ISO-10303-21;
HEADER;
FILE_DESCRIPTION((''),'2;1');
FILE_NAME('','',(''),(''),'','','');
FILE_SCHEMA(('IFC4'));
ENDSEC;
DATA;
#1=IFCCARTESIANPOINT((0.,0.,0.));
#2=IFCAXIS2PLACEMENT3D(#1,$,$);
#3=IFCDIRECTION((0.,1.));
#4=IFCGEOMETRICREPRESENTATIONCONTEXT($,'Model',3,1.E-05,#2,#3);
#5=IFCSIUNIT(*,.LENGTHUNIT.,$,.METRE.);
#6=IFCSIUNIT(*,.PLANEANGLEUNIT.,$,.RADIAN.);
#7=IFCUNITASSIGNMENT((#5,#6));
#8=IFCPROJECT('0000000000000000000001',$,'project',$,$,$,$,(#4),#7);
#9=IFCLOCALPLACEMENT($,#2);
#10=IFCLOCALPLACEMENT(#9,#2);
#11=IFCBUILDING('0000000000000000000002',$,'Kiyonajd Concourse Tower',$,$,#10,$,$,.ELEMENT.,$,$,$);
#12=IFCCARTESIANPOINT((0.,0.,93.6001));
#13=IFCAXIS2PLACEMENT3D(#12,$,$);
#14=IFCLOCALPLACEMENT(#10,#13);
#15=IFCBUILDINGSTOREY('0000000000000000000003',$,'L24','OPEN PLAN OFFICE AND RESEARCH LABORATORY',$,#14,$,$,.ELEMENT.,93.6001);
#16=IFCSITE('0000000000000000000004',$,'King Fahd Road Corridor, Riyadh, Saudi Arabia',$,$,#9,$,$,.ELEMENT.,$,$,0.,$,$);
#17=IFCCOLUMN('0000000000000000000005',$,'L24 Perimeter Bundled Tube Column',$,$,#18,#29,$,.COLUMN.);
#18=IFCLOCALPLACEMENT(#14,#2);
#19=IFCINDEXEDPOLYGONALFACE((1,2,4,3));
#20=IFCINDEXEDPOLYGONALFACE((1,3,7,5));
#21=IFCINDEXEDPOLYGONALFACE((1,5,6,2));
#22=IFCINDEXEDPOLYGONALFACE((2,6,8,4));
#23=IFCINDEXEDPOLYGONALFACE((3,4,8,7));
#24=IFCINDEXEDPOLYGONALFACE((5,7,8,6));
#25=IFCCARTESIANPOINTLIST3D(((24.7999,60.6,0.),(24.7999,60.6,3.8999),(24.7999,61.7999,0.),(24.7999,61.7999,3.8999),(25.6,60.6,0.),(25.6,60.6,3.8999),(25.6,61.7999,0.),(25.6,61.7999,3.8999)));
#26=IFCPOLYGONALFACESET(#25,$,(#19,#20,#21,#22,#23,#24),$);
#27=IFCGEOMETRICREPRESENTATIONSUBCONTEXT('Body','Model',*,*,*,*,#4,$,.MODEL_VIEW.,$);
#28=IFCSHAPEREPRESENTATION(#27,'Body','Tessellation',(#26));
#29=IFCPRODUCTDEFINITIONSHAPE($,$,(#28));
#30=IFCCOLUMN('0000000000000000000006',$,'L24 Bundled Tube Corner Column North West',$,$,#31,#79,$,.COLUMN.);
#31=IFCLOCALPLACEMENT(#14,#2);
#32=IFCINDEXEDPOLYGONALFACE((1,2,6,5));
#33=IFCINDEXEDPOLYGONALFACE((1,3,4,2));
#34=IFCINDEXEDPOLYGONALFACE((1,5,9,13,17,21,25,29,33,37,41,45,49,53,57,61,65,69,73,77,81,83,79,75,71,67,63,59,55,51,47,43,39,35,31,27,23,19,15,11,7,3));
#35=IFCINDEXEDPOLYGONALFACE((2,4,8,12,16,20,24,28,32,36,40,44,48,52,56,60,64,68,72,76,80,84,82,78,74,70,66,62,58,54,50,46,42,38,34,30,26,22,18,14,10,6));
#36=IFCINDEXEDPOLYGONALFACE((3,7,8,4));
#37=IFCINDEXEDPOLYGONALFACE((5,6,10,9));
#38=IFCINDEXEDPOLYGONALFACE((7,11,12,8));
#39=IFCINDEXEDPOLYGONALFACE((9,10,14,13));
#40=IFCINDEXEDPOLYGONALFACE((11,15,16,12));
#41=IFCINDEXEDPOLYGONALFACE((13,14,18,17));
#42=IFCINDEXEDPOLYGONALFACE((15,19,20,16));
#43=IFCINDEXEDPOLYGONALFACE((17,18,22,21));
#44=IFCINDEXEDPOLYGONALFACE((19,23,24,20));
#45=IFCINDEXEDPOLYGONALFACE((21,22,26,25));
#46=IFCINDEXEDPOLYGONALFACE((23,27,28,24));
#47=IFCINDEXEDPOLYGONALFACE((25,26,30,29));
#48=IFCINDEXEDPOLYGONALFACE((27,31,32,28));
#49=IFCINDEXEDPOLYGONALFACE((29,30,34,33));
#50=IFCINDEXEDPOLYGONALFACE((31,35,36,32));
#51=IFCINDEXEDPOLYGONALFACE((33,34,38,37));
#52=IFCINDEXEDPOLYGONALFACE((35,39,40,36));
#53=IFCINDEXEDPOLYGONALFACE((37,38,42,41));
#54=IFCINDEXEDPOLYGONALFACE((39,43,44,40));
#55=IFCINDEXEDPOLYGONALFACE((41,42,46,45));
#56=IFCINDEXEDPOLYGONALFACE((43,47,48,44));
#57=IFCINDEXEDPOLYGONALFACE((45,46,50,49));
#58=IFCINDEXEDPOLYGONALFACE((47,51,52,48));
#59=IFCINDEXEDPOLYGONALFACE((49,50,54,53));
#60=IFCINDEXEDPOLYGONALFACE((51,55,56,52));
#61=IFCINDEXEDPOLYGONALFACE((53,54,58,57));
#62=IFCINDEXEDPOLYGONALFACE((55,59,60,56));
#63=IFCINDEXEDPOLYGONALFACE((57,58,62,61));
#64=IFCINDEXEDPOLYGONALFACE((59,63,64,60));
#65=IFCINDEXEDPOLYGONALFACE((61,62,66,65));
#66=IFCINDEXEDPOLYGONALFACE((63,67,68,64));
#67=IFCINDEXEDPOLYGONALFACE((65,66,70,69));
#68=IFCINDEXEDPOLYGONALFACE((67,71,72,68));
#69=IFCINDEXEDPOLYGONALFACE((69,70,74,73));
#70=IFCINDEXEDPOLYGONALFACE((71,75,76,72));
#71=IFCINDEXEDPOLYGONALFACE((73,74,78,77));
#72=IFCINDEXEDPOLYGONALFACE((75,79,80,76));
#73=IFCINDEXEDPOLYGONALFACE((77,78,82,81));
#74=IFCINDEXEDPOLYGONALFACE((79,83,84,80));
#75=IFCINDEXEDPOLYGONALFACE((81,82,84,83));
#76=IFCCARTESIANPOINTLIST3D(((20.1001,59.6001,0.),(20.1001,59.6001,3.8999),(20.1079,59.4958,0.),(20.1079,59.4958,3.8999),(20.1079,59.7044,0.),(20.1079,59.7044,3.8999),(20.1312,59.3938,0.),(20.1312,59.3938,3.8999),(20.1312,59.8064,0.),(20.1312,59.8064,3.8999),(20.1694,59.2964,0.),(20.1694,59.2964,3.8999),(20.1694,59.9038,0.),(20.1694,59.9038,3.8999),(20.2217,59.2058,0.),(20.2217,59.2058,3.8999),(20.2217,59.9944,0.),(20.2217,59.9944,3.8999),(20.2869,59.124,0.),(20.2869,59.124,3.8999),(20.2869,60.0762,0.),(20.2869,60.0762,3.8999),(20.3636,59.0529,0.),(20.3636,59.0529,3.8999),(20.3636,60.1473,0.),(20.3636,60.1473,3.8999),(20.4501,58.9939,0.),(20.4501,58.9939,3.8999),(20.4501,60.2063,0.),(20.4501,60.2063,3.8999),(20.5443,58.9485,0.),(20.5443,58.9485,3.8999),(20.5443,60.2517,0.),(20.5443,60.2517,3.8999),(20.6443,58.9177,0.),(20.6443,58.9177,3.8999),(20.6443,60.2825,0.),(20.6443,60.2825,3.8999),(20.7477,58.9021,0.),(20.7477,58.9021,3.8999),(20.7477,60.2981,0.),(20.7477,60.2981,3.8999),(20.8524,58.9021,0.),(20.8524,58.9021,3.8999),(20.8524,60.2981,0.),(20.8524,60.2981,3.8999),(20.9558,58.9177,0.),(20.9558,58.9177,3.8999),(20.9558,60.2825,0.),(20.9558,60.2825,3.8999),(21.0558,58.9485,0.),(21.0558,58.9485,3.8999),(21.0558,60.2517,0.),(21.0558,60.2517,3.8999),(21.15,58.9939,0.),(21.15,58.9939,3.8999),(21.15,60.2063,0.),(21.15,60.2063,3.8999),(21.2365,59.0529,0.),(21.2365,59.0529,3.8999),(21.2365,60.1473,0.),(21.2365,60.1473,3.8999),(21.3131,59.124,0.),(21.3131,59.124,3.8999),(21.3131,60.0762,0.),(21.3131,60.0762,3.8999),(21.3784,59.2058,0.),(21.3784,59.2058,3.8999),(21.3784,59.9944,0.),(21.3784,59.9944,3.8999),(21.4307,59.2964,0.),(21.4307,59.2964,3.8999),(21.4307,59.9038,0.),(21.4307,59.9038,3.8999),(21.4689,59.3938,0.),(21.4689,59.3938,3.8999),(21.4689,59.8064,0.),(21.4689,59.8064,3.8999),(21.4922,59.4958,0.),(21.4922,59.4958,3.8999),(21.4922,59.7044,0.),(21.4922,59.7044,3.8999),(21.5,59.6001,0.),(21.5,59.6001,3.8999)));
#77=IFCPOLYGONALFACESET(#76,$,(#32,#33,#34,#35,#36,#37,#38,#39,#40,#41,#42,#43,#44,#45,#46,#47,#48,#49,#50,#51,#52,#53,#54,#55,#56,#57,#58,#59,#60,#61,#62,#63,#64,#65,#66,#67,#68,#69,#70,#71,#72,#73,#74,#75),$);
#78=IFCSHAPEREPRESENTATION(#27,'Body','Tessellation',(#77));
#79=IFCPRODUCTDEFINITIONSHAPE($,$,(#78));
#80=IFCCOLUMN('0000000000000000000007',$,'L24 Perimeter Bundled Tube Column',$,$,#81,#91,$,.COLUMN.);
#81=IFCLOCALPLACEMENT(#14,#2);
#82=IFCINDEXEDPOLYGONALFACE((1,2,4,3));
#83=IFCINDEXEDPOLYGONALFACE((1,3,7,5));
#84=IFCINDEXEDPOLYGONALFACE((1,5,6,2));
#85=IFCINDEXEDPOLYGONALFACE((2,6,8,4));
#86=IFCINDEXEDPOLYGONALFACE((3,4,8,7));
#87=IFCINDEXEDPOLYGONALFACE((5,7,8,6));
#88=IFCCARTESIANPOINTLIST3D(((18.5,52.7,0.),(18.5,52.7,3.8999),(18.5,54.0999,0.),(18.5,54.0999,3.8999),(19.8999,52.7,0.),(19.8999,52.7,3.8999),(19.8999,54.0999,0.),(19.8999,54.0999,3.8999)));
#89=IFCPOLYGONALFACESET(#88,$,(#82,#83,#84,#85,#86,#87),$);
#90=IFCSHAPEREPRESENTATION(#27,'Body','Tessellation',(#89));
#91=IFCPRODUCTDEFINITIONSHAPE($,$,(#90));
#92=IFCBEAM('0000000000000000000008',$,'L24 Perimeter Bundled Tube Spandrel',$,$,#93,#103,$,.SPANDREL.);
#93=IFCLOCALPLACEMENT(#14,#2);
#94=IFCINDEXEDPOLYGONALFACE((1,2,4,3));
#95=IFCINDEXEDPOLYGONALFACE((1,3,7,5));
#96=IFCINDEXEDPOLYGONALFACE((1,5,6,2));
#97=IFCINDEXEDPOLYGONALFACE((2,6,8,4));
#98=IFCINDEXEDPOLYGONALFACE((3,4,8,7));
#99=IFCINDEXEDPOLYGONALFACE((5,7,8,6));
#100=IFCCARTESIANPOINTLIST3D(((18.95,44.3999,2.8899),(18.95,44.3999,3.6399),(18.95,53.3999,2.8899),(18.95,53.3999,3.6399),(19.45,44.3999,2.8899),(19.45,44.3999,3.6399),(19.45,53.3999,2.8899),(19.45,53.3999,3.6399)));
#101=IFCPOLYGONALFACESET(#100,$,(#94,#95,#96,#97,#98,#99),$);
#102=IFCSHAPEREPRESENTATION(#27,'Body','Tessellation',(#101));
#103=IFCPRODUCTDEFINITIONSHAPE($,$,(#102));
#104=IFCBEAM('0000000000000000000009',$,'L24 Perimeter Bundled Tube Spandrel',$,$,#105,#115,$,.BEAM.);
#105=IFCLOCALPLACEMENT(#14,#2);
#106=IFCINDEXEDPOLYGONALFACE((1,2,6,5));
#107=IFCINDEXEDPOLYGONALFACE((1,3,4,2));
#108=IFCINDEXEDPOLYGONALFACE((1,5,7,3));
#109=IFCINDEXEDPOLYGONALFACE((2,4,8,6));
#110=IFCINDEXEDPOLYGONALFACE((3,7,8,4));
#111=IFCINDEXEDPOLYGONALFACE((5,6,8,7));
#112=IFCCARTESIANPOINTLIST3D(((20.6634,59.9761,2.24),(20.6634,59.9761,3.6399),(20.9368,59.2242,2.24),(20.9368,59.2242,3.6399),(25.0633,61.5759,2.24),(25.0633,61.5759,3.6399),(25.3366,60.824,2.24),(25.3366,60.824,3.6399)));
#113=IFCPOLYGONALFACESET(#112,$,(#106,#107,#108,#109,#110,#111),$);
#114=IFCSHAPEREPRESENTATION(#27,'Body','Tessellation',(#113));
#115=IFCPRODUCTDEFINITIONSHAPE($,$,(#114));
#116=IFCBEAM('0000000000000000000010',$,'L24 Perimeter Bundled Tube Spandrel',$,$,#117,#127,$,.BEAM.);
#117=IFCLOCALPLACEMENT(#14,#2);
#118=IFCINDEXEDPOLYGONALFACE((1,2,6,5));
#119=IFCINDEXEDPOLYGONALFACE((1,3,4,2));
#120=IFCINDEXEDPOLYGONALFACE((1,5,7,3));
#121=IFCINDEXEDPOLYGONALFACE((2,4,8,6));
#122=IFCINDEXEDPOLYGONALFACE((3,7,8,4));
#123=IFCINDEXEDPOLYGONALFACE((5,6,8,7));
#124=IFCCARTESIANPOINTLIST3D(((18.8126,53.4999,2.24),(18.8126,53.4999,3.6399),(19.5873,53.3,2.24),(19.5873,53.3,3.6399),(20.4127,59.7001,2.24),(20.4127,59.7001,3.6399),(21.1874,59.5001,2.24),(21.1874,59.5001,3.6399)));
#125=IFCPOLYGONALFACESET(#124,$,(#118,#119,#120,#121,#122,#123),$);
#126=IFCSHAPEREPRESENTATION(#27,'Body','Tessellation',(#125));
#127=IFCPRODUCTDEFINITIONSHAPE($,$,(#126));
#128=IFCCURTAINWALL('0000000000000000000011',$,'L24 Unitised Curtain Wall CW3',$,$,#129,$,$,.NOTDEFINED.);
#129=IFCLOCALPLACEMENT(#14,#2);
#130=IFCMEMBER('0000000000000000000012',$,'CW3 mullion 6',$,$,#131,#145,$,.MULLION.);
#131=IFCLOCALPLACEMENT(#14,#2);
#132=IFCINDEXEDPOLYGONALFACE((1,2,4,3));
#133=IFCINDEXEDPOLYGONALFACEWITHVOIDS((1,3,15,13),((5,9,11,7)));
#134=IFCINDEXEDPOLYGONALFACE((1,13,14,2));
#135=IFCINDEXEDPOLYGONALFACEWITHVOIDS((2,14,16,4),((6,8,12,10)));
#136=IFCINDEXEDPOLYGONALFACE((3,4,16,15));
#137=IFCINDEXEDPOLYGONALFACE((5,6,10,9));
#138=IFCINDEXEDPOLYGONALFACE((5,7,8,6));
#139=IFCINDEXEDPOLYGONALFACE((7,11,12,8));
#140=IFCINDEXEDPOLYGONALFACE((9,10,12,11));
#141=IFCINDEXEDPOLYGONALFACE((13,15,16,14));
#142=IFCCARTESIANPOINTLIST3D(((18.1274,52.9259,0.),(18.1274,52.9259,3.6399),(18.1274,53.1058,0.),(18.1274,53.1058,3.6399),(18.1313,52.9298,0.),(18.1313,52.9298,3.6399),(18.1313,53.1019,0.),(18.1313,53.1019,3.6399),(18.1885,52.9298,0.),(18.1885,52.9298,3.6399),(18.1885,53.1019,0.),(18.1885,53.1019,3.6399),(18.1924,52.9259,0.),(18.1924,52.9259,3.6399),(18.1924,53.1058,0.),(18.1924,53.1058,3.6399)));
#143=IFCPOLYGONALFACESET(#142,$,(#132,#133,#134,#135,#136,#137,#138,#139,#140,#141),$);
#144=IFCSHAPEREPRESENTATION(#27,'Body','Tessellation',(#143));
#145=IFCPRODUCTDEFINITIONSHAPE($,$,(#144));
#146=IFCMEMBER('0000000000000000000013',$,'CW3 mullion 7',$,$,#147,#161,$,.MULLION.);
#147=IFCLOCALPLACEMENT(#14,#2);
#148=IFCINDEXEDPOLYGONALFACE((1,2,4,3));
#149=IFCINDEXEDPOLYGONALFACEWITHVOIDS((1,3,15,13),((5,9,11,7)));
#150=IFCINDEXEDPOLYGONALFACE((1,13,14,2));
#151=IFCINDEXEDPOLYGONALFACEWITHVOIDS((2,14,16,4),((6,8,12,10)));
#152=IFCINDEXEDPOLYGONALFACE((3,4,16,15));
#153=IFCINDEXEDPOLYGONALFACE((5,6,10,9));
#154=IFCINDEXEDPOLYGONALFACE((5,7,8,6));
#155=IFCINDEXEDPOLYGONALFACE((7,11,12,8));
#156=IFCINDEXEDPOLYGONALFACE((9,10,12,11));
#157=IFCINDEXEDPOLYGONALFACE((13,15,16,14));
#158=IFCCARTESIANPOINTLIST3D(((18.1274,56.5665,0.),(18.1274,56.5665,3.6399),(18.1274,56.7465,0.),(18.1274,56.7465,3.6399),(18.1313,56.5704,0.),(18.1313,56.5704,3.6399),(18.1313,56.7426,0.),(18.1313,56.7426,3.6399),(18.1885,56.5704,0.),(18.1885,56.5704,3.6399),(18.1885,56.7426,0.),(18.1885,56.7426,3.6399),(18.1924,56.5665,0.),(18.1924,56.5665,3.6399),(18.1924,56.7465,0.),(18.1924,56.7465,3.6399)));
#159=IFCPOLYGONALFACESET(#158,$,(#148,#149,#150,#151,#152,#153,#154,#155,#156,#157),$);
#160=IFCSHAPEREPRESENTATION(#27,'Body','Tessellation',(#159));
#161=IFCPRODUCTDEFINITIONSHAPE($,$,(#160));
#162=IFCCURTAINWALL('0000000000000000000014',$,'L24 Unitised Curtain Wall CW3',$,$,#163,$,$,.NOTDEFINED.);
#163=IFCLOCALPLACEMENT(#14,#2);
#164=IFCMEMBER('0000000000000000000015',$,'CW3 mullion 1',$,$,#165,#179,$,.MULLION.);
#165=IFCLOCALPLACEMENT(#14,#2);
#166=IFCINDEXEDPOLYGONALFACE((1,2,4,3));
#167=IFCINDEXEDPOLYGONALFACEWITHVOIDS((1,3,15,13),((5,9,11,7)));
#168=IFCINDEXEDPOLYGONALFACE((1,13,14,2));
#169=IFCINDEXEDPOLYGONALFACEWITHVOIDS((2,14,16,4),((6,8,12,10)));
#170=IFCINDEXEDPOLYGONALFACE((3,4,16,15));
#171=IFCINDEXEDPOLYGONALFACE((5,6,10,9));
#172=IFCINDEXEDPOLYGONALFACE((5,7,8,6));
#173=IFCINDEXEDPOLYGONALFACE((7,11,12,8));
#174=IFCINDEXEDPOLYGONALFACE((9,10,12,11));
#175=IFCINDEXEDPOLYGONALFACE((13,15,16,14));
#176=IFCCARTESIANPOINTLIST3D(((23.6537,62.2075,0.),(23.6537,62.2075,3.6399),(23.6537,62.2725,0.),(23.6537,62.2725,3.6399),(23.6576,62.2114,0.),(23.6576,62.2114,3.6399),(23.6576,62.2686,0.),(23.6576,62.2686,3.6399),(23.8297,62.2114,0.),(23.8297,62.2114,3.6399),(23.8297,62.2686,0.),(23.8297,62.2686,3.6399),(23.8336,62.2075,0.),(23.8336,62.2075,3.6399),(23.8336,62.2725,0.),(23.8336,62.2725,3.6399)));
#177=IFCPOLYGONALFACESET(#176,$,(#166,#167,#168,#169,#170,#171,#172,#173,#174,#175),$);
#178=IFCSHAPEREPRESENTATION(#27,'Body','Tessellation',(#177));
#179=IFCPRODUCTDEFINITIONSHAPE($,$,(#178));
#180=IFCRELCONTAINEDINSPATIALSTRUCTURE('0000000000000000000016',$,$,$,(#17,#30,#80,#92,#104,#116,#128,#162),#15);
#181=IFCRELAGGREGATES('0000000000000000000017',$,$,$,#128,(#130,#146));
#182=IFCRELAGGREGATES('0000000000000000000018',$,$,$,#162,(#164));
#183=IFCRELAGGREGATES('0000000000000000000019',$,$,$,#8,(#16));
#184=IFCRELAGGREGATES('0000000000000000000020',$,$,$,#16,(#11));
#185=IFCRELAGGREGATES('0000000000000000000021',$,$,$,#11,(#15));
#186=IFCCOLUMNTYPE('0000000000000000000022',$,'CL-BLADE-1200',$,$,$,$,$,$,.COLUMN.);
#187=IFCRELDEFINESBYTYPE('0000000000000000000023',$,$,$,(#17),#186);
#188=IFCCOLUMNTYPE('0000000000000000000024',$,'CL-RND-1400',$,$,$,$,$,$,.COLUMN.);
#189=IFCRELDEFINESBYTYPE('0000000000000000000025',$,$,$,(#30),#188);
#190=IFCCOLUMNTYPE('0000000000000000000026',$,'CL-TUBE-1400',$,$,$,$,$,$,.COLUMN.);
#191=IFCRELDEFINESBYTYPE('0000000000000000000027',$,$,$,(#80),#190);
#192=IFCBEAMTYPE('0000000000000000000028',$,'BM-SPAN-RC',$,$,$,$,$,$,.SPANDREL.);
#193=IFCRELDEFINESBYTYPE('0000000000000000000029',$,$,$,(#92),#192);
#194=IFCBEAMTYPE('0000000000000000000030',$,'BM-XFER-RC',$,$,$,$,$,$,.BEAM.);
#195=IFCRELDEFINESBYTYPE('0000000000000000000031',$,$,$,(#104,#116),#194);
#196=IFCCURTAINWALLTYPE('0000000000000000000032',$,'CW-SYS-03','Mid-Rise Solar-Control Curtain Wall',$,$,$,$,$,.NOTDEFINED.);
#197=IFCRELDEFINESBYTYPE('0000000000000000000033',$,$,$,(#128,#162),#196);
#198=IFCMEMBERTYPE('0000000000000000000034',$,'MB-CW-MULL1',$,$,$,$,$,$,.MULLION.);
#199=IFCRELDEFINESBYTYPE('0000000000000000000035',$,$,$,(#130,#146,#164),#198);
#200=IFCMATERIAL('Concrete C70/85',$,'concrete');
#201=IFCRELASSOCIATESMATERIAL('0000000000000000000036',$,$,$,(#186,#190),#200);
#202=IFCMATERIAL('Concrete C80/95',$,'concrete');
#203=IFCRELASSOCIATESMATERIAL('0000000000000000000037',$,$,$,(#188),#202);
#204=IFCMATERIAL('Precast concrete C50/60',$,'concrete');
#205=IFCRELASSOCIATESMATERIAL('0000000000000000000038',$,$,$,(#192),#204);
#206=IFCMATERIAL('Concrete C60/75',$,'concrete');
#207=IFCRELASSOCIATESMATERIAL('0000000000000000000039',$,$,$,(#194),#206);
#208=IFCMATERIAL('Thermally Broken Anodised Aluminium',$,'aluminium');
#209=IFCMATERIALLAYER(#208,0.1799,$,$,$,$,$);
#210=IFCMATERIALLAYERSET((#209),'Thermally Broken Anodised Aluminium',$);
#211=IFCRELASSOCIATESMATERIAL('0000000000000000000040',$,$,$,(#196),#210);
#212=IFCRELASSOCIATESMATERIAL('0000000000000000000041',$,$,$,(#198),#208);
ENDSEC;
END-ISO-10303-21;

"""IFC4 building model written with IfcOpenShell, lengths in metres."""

from ifc_helpers import new_model, si_unit, direction, frame, origin, origin_2d, place, context, subcontext, project, spatial, rectangle, hollow_rectangle, circle, extrude, material, layer, layer_set, material_profile, profile_set, type_object, element, aggregate, save


model = new_model("IFC4")

# Units and contexts
model_context = context("Model", 3, precision=1e-05, world=origin(), true_north=direction((0.0, 1.0)))
body_context = subcontext(model_context, "Body", "Model", "MODEL_VIEW")
ifc_project = project(units=[si_unit("LENGTHUNIT", "METRE"), si_unit("PLANEANGLEUNIT", "RADIAN")], contexts=[model_context])

# Site, building, storey
site_placement = place(None, origin())
site = spatial("IfcSite", under=ifc_project, at=site_placement, Name="King Fahd Road Corridor, Riyadh, Saudi Arabia", CompositionType="ELEMENT", RefElevation=0.0)
building_placement = place(site_placement, origin())
building = spatial("IfcBuilding", under=site, at=building_placement, Name="Kiyonajd Concourse Tower", CompositionType="ELEMENT")
storey_placement = place(building_placement, frame((0.0, 0.0, 93.6001)))
storey = spatial("IfcBuildingStorey", under=building, at=storey_placement, Name="L24", Description="OPEN PLAN OFFICE AND RESEARCH LABORATORY", CompositionType="ELEMENT", Elevation=93.6001)

# Columns
ifc_material_1 = material(Name="Concrete C70/85", Category="concrete")
ifc_material_profile_1 = material_profile(ifc_material_1, rectangle(XDim=0.8, YDim=1.2, at=origin_2d()), Name="RC-1200x800")
ifc_profile_set_1 = profile_set([ifc_material_profile_1], Name="Concrete C70/85")
column_type_1 = type_object("IfcColumnType", Name="CL-BLADE-1200", PredefinedType="COLUMN", material=ifc_profile_set_1)
column_1_placement = place(storey_placement, frame((25.2, 61.2, 0.0), z_axis=(0.0, 0.0, 1.0), x_axis=(1.0, 0.0, 0.0)))
element("IfcColumn", 1, at=column_1_placement, inside=storey, type_object=column_type_1, Name="L24 Perimeter Bundled Tube Column", PredefinedType="COLUMN", context=body_context, shape_type="SweptSolid", body=[
    extrude(rectangle(XDim=0.8, YDim=1.2, at=origin_2d()), origin(), (0.0, 0.0, 1.0), 3.8999),
])
ifc_material_2 = material(Name="Concrete C80/95", Category="concrete")
ifc_material_profile_2 = material_profile(ifc_material_2, circle(Radius=0.7, at=origin_2d()), Name="RCC-D1400")
ifc_profile_set_2 = profile_set([ifc_material_profile_2], Name="Concrete C80/95")
column_type_2 = type_object("IfcColumnType", Name="CL-RND-1400", PredefinedType="COLUMN", material=ifc_profile_set_2)
column_2_placement = place(storey_placement, frame((20.8, 59.6001, 0.0), z_axis=(0.0, 0.0, 1.0), x_axis=(1.0, 0.0, 0.0)))
element("IfcColumn", 2, at=column_2_placement, inside=storey, type_object=column_type_2, Name="L24 Bundled Tube Corner Column North West", PredefinedType="COLUMN", context=body_context, shape_type="SweptSolid", body=[
    extrude(circle(Radius=0.7, at=origin_2d()), origin(), (0.0, 0.0, 1.0), 3.8999),
])
ifc_material_profile_3 = material_profile(ifc_material_1, rectangle(XDim=1.3999, YDim=1.3999, at=origin_2d()), Name="RC-1400x1400")
ifc_profile_set_3 = profile_set([ifc_material_profile_3], Name="Concrete C70/85")
column_type_3 = type_object("IfcColumnType", Name="CL-TUBE-1400", PredefinedType="COLUMN", material=ifc_profile_set_3)
column_3_placement = place(storey_placement, frame((19.2, 53.3999, 0.0), z_axis=(0.0, 0.0, 1.0), x_axis=(1.0, 0.0, 0.0)))
element("IfcColumn", 3, at=column_3_placement, inside=storey, type_object=column_type_3, Name="L24 Perimeter Bundled Tube Column", PredefinedType="COLUMN", context=body_context, shape_type="SweptSolid", body=[
    extrude(rectangle(XDim=1.3999, YDim=1.3999, at=origin_2d()), origin(), (0.0, 0.0, 1.0), 3.8999),
])

# Beams
ifc_material_3 = material(Name="Precast concrete C50/60", Category="concrete")
ifc_material_profile_4 = material_profile(ifc_material_3, rectangle(XDim=0.5, YDim=0.75, at=origin_2d()), Name="RCBM-500x750")
ifc_profile_set_4 = profile_set([ifc_material_profile_4], Name="Precast concrete C50/60")
beam_type_1 = type_object("IfcBeamType", Name="BM-SPAN-RC", PredefinedType="SPANDREL", material=ifc_profile_set_4)
beam_1_placement = place(storey_placement, frame((19.2, 53.3999, 3.2649), z_axis=(0.0, -1.0, 0.0), x_axis=(1.0, 0.0, 0.0)))
element("IfcBeam", 4, at=beam_1_placement, inside=storey, type_object=beam_type_1, Name="L24 Perimeter Bundled Tube Spandrel", PredefinedType="SPANDREL", context=body_context, shape_type="SweptSolid", body=[
    extrude(rectangle(XDim=0.5, YDim=0.75, at=origin_2d()), origin(), (0.0, 0.0, 1.0), 9.0),
])
ifc_material_4 = material(Name="Concrete C60/75", Category="concrete")
ifc_material_profile_5 = material_profile(ifc_material_4, rectangle(XDim=0.8, YDim=1.3999, at=origin_2d()), Name="RCBM-800x1400")
ifc_profile_set_5 = profile_set([ifc_material_profile_5], Name="Concrete C60/75")
beam_type_2 = type_object("IfcBeamType", Name="BM-XFER-RC", PredefinedType="BEAM", material=ifc_profile_set_5)
beam_2_placement = place(storey_placement, frame((25.2, 61.2, 2.9399), z_axis=(-0.939801, -0.341722, 0.0), x_axis=(0.341722, -0.939801, 0.0)))
element("IfcBeam", 5, at=beam_2_placement, inside=storey, type_object=beam_type_2, Name="L24 Perimeter Bundled Tube Spandrel", PredefinedType="BEAM", context=body_context, shape_type="SweptSolid", body=[
    extrude(rectangle(XDim=0.8, YDim=1.3999, at=origin_2d()), origin(), (0.0, 0.0, 1.0), 4.6816),
])
beam_3_placement = place(storey_placement, frame((20.8, 59.6001, 2.9399), z_axis=(-0.249885, -0.968276, 0.0), x_axis=(0.968276, -0.249885, 0.0)))
element("IfcBeam", 6, at=beam_3_placement, inside=storey, type_object=beam_type_2, Name="L24 Perimeter Bundled Tube Spandrel", PredefinedType="BEAM", context=body_context, shape_type="SweptSolid", body=[
    extrude(rectangle(XDim=0.8, YDim=1.3999, at=origin_2d()), origin(), (0.0, 0.0, 1.0), 6.4033),
])

# Curtain walls, members
ifc_material_5 = material(Name="Thermally Broken Anodised Aluminium", Category="aluminium")
ifc_layer_1 = layer(ifc_material_5, 0.1799)
ifc_layer_set_1 = layer_set([ifc_layer_1], Name="Thermally Broken Anodised Aluminium")
curtain_wall_type = type_object("IfcCurtainWallType", Name="CW-SYS-03", Description="Mid-Rise Solar-Control Curtain Wall", PredefinedType="NOTDEFINED", material=ifc_layer_set_1)
curtain_wall_1_placement = place(storey_placement, origin())
curtain_wall_1 = element("IfcCurtainWall", 7, at=curtain_wall_1_placement, inside=storey, type_object=curtain_wall_type, Name="L24 Unitised Curtain Wall CW3", PredefinedType="NOTDEFINED")
ifc_material_profile_6 = material_profile(ifc_material_5, hollow_rectangle(XDim=0.0649, YDim=0.1799, WallThickness=0.0039, at=origin_2d()), Name="MULL-65x180")
ifc_profile_set_6 = profile_set([ifc_material_profile_6], Name="Thermally Broken Anodised Aluminium")
member_type_1 = type_object("IfcMemberType", Name="MB-CW-MULL1", PredefinedType="MULLION", material=ifc_profile_set_6)
member_1_placement = place(storey_placement, frame((18.1599, 53.0159, 0.0), z_axis=(0.0, 0.0, 1.0), x_axis=(-1.0, 0.0, 0.0)))
member_1 = element("IfcMember", 8, at=member_1_placement, type_object=member_type_1, Name="CW3 mullion 6", PredefinedType="MULLION", context=body_context, shape_type="SweptSolid", body=[
    extrude(hollow_rectangle(XDim=0.0649, YDim=0.1799, WallThickness=0.0039, at=origin_2d()), origin(), (0.0, 0.0, 1.0), 3.6399),
])
member_2_placement = place(storey_placement, frame((18.1599, 56.6565, 0.0), z_axis=(0.0, 0.0, 1.0), x_axis=(-1.0, 0.0, 0.0)))
member_2 = element("IfcMember", 9, at=member_2_placement, type_object=member_type_1, Name="CW3 mullion 7", PredefinedType="MULLION", context=body_context, shape_type="SweptSolid", body=[
    extrude(hollow_rectangle(XDim=0.0649, YDim=0.1799, WallThickness=0.0039, at=origin_2d()), origin(), (0.0, 0.0, 1.0), 3.6399),
])
curtain_wall_2_placement = place(storey_placement, origin())
curtain_wall_2 = element("IfcCurtainWall", 10, at=curtain_wall_2_placement, inside=storey, type_object=curtain_wall_type, Name="L24 Unitised Curtain Wall CW3", PredefinedType="NOTDEFINED")
member_3_placement = place(storey_placement, frame((23.7437, 62.24, 0.0), z_axis=(0.0, 0.0, 1.0), x_axis=(0.0, 1.0, 0.0)))
member_3 = element("IfcMember", 11, at=member_3_placement, type_object=member_type_1, Name="CW3 mullion 1", PredefinedType="MULLION", context=body_context, shape_type="SweptSolid", body=[
    extrude(hollow_rectangle(XDim=0.0649, YDim=0.1799, WallThickness=0.0039, at=origin_2d()), origin(), (0.0, 0.0, 1.0), 3.6399),
])

aggregate(curtain_wall_1, [member_1, member_2])
aggregate(curtain_wall_2, [member_3])

save(model, "model.ifc")
